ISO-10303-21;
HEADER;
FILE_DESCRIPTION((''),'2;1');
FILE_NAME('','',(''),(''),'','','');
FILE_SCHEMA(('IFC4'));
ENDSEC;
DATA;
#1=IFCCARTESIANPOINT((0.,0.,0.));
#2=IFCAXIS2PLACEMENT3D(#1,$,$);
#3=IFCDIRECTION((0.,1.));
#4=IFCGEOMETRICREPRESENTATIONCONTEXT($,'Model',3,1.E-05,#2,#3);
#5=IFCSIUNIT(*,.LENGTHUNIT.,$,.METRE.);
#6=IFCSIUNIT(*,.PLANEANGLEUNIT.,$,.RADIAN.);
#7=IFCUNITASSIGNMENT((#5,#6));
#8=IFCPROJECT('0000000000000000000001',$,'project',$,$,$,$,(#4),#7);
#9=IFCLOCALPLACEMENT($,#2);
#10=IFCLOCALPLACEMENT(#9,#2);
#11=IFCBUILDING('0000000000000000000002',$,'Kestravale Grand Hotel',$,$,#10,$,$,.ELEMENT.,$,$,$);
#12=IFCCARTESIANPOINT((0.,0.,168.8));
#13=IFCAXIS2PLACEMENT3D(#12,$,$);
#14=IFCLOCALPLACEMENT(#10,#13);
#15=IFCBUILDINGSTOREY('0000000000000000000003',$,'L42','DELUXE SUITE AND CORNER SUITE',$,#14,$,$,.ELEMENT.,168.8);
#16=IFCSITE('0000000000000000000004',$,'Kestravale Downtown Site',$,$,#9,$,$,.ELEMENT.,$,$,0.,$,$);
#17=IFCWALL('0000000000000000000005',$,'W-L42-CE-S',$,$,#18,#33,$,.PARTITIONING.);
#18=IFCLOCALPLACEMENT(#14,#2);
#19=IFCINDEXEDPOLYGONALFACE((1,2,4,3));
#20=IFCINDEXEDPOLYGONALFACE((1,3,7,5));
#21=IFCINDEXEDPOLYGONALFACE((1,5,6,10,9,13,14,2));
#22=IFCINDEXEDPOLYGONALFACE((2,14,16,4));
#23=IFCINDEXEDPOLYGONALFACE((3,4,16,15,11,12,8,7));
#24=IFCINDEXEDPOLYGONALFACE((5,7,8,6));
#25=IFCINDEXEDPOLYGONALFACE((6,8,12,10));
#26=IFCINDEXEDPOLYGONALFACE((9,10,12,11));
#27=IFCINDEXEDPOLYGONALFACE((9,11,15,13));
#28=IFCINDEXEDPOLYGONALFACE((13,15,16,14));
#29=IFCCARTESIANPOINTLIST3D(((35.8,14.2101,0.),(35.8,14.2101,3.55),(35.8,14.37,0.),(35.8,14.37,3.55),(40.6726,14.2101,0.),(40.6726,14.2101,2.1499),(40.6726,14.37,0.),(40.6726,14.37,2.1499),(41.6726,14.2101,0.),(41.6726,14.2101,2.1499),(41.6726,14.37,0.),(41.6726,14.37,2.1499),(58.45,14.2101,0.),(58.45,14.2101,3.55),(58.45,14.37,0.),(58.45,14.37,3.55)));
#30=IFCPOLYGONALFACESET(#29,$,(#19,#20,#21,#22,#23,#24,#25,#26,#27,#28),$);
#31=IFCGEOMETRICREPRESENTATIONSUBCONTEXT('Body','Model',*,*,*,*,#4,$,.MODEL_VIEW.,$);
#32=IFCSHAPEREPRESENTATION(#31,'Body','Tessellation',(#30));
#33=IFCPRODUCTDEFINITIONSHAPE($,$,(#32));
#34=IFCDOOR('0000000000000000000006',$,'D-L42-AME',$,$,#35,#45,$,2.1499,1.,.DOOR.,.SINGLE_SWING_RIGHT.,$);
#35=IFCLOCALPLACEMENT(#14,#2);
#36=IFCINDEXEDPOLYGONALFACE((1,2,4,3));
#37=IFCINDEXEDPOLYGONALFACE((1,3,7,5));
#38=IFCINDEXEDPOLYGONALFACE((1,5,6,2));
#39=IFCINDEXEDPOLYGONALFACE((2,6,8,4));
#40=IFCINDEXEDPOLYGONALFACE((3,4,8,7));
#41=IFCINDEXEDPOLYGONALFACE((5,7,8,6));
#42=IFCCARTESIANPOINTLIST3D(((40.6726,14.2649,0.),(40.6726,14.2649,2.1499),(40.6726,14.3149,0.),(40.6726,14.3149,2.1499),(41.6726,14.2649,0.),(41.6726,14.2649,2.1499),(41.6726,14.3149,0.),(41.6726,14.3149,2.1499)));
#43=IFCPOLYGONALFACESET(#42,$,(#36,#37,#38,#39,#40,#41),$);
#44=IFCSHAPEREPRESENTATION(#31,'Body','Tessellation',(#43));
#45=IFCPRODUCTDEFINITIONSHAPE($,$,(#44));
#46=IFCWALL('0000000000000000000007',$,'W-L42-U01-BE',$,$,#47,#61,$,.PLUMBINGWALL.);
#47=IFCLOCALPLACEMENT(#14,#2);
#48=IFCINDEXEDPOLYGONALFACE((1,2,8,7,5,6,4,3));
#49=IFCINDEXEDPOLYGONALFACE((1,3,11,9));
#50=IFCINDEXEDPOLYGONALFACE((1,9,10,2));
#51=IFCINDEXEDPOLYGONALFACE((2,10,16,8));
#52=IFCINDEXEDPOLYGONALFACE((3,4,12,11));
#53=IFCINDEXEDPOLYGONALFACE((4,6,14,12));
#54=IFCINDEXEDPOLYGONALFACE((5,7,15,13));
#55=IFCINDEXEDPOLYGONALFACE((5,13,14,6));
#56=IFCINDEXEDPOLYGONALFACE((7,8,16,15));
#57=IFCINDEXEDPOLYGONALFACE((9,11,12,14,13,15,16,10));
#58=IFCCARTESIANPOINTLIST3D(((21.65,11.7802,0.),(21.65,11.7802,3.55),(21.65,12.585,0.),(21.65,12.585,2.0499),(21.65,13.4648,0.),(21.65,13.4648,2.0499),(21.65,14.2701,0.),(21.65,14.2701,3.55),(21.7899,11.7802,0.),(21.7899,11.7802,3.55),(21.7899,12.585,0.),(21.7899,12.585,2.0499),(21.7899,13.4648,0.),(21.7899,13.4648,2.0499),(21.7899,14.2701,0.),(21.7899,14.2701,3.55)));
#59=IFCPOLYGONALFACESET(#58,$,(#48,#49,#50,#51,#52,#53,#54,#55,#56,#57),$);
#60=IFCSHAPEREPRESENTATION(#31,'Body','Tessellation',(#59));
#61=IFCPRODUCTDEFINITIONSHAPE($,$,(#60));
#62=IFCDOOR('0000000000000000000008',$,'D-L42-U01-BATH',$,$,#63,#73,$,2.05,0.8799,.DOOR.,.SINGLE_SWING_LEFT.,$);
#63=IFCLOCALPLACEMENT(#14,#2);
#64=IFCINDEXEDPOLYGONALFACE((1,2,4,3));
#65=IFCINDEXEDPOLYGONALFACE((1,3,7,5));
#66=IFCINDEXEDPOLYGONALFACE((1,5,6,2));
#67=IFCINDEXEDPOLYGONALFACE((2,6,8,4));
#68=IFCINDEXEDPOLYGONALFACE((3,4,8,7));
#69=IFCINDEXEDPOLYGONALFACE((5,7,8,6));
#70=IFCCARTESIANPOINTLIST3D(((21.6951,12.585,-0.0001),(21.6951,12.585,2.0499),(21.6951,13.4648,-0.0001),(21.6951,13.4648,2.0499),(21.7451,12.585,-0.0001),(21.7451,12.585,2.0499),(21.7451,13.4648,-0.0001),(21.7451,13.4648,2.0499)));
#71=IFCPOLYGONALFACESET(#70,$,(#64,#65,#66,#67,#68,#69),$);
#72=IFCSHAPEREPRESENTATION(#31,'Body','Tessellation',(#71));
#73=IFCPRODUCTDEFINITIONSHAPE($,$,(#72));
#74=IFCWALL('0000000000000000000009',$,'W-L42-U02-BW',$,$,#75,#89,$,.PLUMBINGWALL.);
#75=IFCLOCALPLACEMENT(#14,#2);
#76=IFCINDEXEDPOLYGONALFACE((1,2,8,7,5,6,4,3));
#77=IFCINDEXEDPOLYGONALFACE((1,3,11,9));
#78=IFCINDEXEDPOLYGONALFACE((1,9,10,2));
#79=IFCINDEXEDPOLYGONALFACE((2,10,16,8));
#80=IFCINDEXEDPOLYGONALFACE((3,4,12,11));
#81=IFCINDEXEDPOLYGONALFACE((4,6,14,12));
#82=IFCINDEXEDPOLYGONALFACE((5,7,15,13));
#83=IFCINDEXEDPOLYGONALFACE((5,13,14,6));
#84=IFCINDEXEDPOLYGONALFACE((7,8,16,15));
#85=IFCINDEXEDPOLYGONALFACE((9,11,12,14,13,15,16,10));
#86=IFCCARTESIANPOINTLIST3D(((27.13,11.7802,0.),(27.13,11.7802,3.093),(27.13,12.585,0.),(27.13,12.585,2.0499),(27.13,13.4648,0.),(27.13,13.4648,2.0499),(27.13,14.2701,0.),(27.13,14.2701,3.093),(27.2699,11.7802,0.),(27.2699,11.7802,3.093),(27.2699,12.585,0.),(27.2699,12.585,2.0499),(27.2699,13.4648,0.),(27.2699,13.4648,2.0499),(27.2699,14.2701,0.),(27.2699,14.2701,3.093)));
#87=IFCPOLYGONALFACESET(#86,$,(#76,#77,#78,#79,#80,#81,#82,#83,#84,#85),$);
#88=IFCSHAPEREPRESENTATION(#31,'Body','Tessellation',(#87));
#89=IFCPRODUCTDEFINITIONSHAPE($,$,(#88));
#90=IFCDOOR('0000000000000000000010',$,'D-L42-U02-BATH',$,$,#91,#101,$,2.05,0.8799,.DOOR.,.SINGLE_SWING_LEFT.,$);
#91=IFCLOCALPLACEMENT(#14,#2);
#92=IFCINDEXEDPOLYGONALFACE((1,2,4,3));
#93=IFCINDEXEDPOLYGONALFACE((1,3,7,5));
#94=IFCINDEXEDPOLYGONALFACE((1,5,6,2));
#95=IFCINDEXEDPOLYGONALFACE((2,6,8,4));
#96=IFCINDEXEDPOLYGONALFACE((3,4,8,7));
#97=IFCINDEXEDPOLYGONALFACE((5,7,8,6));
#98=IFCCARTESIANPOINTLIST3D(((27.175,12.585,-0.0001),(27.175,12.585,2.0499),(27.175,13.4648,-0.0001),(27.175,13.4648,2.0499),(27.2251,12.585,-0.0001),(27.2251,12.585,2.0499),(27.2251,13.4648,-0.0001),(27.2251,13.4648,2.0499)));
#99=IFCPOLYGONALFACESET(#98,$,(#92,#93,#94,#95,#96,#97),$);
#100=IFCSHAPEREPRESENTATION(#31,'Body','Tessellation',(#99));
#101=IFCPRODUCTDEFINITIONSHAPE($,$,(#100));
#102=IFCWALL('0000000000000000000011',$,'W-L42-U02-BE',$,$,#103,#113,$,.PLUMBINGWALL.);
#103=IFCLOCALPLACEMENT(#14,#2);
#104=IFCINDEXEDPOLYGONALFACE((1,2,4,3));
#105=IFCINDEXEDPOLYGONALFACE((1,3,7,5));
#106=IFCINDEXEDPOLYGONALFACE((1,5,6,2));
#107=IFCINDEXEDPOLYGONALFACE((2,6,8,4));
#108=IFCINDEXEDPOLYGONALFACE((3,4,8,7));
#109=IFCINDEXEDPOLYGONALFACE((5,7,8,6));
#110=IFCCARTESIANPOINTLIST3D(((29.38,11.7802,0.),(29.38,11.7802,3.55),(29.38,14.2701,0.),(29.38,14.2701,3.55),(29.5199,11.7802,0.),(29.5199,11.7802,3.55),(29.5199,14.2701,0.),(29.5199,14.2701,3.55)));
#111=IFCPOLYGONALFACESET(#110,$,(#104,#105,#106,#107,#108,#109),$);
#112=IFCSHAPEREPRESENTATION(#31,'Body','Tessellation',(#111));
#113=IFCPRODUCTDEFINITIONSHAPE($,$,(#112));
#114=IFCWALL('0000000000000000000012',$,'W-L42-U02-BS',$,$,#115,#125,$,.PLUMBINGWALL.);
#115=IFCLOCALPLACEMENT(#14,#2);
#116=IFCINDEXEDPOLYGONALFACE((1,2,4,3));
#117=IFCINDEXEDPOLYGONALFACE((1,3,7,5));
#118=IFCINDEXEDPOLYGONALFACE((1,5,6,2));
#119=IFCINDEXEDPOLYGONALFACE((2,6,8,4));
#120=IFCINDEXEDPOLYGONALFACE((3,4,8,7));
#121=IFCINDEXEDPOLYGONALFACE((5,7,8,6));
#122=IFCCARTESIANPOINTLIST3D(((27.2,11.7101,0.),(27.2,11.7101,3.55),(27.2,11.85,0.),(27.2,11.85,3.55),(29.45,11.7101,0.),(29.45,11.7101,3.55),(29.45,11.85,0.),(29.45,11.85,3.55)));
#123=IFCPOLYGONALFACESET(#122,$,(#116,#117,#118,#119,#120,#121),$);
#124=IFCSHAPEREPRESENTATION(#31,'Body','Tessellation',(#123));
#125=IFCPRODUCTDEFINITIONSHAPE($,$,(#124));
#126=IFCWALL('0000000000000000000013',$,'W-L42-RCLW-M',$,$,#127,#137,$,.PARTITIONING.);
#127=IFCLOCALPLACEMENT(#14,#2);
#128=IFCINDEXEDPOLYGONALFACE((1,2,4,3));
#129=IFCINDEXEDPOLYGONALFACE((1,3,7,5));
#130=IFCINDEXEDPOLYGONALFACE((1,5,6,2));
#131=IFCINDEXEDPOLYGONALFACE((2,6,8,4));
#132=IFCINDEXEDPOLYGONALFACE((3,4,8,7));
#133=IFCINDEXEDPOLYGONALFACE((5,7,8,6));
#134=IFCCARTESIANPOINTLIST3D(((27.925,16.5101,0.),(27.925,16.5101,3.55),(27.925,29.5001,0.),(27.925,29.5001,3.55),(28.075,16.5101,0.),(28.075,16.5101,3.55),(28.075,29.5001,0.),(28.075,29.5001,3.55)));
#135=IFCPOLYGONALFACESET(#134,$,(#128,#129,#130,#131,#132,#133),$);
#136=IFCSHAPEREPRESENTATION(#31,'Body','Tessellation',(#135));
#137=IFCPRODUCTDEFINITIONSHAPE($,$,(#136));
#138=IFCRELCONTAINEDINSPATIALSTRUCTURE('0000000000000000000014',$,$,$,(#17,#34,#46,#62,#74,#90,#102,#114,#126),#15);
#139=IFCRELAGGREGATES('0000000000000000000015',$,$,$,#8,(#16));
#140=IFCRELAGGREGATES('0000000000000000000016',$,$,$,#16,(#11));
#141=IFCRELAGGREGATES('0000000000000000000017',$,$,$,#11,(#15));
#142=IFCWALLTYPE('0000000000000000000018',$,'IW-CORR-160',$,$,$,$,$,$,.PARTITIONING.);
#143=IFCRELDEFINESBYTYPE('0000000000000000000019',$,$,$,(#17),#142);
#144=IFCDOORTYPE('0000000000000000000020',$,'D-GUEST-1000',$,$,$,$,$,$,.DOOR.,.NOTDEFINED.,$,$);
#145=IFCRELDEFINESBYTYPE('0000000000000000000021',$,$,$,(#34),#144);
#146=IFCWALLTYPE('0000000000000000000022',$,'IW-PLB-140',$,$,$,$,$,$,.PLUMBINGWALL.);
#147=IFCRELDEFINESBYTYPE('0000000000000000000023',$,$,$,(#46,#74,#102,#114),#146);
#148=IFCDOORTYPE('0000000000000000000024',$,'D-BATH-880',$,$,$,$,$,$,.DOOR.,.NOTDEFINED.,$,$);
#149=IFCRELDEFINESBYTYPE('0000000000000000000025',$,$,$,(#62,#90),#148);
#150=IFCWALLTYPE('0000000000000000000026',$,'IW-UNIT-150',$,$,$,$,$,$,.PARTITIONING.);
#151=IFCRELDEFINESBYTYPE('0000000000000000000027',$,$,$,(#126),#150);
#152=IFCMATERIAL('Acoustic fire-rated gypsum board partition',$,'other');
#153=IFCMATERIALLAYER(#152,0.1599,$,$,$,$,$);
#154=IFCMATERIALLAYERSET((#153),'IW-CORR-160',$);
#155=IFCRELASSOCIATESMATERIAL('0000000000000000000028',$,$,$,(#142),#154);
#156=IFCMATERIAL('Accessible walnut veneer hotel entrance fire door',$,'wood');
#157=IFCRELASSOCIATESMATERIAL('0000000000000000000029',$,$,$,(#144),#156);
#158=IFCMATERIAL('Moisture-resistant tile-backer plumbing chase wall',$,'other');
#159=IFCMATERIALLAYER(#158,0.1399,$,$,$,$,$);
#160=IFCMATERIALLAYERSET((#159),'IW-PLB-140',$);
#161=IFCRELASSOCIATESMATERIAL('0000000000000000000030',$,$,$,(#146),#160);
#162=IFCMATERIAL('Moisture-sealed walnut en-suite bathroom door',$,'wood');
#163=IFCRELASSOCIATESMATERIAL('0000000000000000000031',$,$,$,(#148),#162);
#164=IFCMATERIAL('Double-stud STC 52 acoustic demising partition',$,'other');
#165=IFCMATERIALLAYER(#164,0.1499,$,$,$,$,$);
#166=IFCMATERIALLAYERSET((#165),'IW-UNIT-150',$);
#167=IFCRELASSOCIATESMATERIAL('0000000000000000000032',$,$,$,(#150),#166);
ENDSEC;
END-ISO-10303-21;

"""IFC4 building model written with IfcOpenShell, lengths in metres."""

from ifc_helpers import new_model, si_unit, direction, frame, frame_2d, origin, place, context, subcontext, project, spatial, rectangle, extrude, material, layer, layer_set, type_object, element, fill, save


model = new_model("IFC4")

# Units and contexts
model_context = context("Model", 3, precision=1e-05, world=origin(), true_north=direction((0.0, 1.0)))
body_context = subcontext(model_context, "Body", "Model", "MODEL_VIEW")
ifc_project = project(units=[si_unit("LENGTHUNIT", "METRE"), si_unit("PLANEANGLEUNIT", "RADIAN")], contexts=[model_context])

# Site, building, storey
site_placement = place(None, origin())
site = spatial("IfcSite", under=ifc_project, at=site_placement, Name="Kestravale Downtown Site", CompositionType="ELEMENT", RefElevation=0.0)
building_placement = place(site_placement, origin())
building = spatial("IfcBuilding", under=site, at=building_placement, Name="Kestravale Grand Hotel", CompositionType="ELEMENT")
storey_placement = place(building_placement, frame((0.0, 0.0, 168.8)))
storey = spatial("IfcBuildingStorey", under=building, at=storey_placement, Name="L42", Description="DELUXE SUITE AND CORNER SUITE", CompositionType="ELEMENT", Elevation=168.8)

# Shared definitions
ifc_material_1 = material(Name="Acoustic fire-rated gypsum board partition", Category="other")
ifc_layer_1 = layer(ifc_material_1, 0.1599)
ifc_layer_set_1 = layer_set([ifc_layer_1], Name="IW-CORR-160")
wall_type_1 = type_object("IfcWallType", Name="IW-CORR-160", PredefinedType="PARTITIONING", material=ifc_layer_set_1)

# Walls, openings, doors
wall_1_placement = place(storey_placement, frame((35.8, 14.29, 0.0), z_axis=(0.0, 0.0, 1.0), x_axis=(1.0, 0.0, 0.0)))
wall_1 = element("IfcWall", 1, at=wall_1_placement, inside=storey, type_object=wall_type_1, Name="W-L42-CE-S", PredefinedType="PARTITIONING", context=body_context, shape_type="SweptSolid", body=[
    extrude(rectangle(XDim=22.6499, YDim=0.1599, at=frame_2d((11.325, 0.0))), origin(), (0.0, 0.0, 1.0), 3.55),
])
opening_1_placement = place(wall_1_placement, frame((4.8726, 0.0, 0.0)))
opening_1 = element("IfcOpeningElement", 2, at=opening_1_placement, cuts=wall_1, PredefinedType="OPENING", context=body_context, shape_type="SweptSolid", body=[
    extrude(rectangle(XDim=1.0, YDim=2.1499, at=frame_2d((0.5, 1.075))), frame((0.0, 0.0898, 0.0), z_axis=(0.0, -1.0, 0.0), x_axis=(1.0, 0.0, 0.0)), (0.0, 0.0, 1.0), 0.1799),
])
ifc_material_2 = material(Name="Accessible walnut veneer hotel entrance fire door", Category="wood")
door_type_1 = type_object("IfcDoorType", Name="D-GUEST-1000", OperationType="NOTDEFINED", PredefinedType="DOOR", material=ifc_material_2)
door_1_placement = place(opening_1_placement, origin())
door_1 = element("IfcDoor", 3, at=door_1_placement, inside=storey, type_object=door_type_1, Name="D-L42-AME", OperationType="SINGLE_SWING_RIGHT", OverallHeight=2.1499, OverallWidth=1.0, PredefinedType="DOOR", context=body_context, shape_type="SweptSolid", body=[
    extrude(rectangle(XDim=1.0, YDim=2.1499, at=frame_2d((0.5, 1.075))), frame((0.0, 0.0249, 0.0), z_axis=(0.0, -1.0, 0.0), x_axis=(1.0, 0.0, 0.0)), (0.0, 0.0, 1.0), 0.05),
])
fill(opening_1, door_1)
ifc_material_3 = material(Name="Moisture-resistant tile-backer plumbing chase wall", Category="other")
ifc_layer_2 = layer(ifc_material_3, 0.1399)
ifc_layer_set_2 = layer_set([ifc_layer_2], Name="IW-PLB-140")
wall_type_2 = type_object("IfcWallType", Name="IW-PLB-140", PredefinedType="PLUMBINGWALL", material=ifc_layer_set_2)
wall_2_placement = place(storey_placement, frame((21.72, 11.78, 0.0), z_axis=(0.0, 0.0, 1.0), x_axis=(0.0, 1.0, 0.0)))
wall_2 = element("IfcWall", 4, at=wall_2_placement, inside=storey, type_object=wall_type_2, Name="W-L42-U01-BE", PredefinedType="PLUMBINGWALL", context=body_context, shape_type="SweptSolid", body=[
    extrude(rectangle(XDim=2.49, YDim=0.1399, at=frame_2d((1.2451, 0.0))), origin(), (0.0, 0.0, 1.0), 3.55),
])
opening_2_placement = place(wall_2_placement, frame((0.8049, 0.0, 0.0)))
opening_2 = element("IfcOpeningElement", 5, at=opening_2_placement, cuts=wall_2, PredefinedType="OPENING", context=body_context, shape_type="SweptSolid", body=[
    extrude(rectangle(XDim=0.8799, YDim=2.05, at=frame_2d((0.4399, 1.0249))), frame((0.0, 0.0798, 0.0), z_axis=(0.0, -1.0, 0.0), x_axis=(1.0, 0.0, 0.0)), (0.0, 0.0, 1.0), 0.1599),
])
ifc_material_4 = material(Name="Moisture-sealed walnut en-suite bathroom door", Category="wood")
door_type_2 = type_object("IfcDoorType", Name="D-BATH-880", OperationType="NOTDEFINED", PredefinedType="DOOR", material=ifc_material_4)
door_2_placement = place(opening_2_placement, origin())
door_2 = element("IfcDoor", 6, at=door_2_placement, inside=storey, type_object=door_type_2, Name="D-L42-U01-BATH", OperationType="SINGLE_SWING_LEFT", OverallHeight=2.05, OverallWidth=0.8799, PredefinedType="DOOR", context=body_context, shape_type="SweptSolid", body=[
    extrude(rectangle(XDim=0.8799, YDim=2.05, at=frame_2d((0.4399, 1.0249))), frame((0.0, 0.0249, 0.0), z_axis=(0.0, -1.0, 0.0), x_axis=(1.0, 0.0, 0.0)), (0.0, 0.0, 1.0), 0.05),
])
fill(opening_2, door_2)
wall_3_placement = place(storey_placement, frame((27.2, 11.78, 0.0), z_axis=(0.0, 0.0, 1.0), x_axis=(0.0, 1.0, 0.0)))
wall_3 = element("IfcWall", 7, at=wall_3_placement, inside=storey, type_object=wall_type_2, Name="W-L42-U02-BW", PredefinedType="PLUMBINGWALL", context=body_context, shape_type="SweptSolid", body=[
    extrude(rectangle(XDim=2.49, YDim=0.1399, at=frame_2d((1.2451, 0.0))), origin(), (0.0, 0.0, 1.0), 3.093),
])
opening_3_placement = place(wall_3_placement, frame((0.8049, 0.0, 0.0)))
opening_3 = element("IfcOpeningElement", 8, at=opening_3_placement, cuts=wall_3, PredefinedType="OPENING", context=body_context, shape_type="SweptSolid", body=[
    extrude(rectangle(XDim=0.8799, YDim=2.05, at=frame_2d((0.4399, 1.0249))), frame((0.0, 0.0798, 0.0), z_axis=(0.0, -1.0, 0.0), x_axis=(1.0, 0.0, 0.0)), (0.0, 0.0, 1.0), 0.1599),
])
door_3_placement = place(opening_3_placement, origin())
door_3 = element("IfcDoor", 9, at=door_3_placement, inside=storey, type_object=door_type_2, Name="D-L42-U02-BATH", OperationType="SINGLE_SWING_LEFT", OverallHeight=2.05, OverallWidth=0.8799, PredefinedType="DOOR", context=body_context, shape_type="SweptSolid", body=[
    extrude(rectangle(XDim=0.8799, YDim=2.05, at=frame_2d((0.4399, 1.0249))), frame((0.0, 0.0249, 0.0), z_axis=(0.0, -1.0, 0.0), x_axis=(1.0, 0.0, 0.0)), (0.0, 0.0, 1.0), 0.05),
])
fill(opening_3, door_3)

# Walls
wall_4_placement = place(storey_placement, frame((29.45, 11.78, 0.0), z_axis=(0.0, 0.0, 1.0), x_axis=(0.0, 1.0, 0.0)))
element("IfcWall", 10, at=wall_4_placement, inside=storey, type_object=wall_type_2, Name="W-L42-U02-BE", PredefinedType="PLUMBINGWALL", context=body_context, shape_type="SweptSolid", body=[
    extrude(rectangle(XDim=2.49, YDim=0.1399, at=frame_2d((1.2451, 0.0))), origin(), (0.0, 0.0, 1.0), 3.55),
])
wall_5_placement = place(storey_placement, frame((27.2, 11.78, 0.0), z_axis=(0.0, 0.0, 1.0), x_axis=(1.0, 0.0, 0.0)))
element("IfcWall", 11, at=wall_5_placement, inside=storey, type_object=wall_type_2, Name="W-L42-U02-BS", PredefinedType="PLUMBINGWALL", context=body_context, shape_type="SweptSolid", body=[
    extrude(rectangle(XDim=2.25, YDim=0.1399, at=frame_2d((1.125, 0.0))), origin(), (0.0, 0.0, 1.0), 3.55),
])
ifc_material_5 = material(Name="Double-stud STC 52 acoustic demising partition", Category="other")
ifc_layer_3 = layer(ifc_material_5, 0.1499)
ifc_layer_set_3 = layer_set([ifc_layer_3], Name="IW-UNIT-150")
wall_type_3 = type_object("IfcWallType", Name="IW-UNIT-150", PredefinedType="PARTITIONING", material=ifc_layer_set_3)
wall_6_placement = place(storey_placement, frame((28.0, 16.51, 0.0), z_axis=(0.0, 0.0, 1.0), x_axis=(0.0, 1.0, 0.0)))
element("IfcWall", 12, at=wall_6_placement, inside=storey, type_object=wall_type_3, Name="W-L42-RCLW-M", PredefinedType="PARTITIONING", context=body_context, shape_type="SweptSolid", body=[
    extrude(rectangle(XDim=12.99, YDim=0.1499, at=frame_2d((6.4951, 0.0))), origin(), (0.0, 0.0, 1.0), 3.55),
])

save(model, "model.ifc")
